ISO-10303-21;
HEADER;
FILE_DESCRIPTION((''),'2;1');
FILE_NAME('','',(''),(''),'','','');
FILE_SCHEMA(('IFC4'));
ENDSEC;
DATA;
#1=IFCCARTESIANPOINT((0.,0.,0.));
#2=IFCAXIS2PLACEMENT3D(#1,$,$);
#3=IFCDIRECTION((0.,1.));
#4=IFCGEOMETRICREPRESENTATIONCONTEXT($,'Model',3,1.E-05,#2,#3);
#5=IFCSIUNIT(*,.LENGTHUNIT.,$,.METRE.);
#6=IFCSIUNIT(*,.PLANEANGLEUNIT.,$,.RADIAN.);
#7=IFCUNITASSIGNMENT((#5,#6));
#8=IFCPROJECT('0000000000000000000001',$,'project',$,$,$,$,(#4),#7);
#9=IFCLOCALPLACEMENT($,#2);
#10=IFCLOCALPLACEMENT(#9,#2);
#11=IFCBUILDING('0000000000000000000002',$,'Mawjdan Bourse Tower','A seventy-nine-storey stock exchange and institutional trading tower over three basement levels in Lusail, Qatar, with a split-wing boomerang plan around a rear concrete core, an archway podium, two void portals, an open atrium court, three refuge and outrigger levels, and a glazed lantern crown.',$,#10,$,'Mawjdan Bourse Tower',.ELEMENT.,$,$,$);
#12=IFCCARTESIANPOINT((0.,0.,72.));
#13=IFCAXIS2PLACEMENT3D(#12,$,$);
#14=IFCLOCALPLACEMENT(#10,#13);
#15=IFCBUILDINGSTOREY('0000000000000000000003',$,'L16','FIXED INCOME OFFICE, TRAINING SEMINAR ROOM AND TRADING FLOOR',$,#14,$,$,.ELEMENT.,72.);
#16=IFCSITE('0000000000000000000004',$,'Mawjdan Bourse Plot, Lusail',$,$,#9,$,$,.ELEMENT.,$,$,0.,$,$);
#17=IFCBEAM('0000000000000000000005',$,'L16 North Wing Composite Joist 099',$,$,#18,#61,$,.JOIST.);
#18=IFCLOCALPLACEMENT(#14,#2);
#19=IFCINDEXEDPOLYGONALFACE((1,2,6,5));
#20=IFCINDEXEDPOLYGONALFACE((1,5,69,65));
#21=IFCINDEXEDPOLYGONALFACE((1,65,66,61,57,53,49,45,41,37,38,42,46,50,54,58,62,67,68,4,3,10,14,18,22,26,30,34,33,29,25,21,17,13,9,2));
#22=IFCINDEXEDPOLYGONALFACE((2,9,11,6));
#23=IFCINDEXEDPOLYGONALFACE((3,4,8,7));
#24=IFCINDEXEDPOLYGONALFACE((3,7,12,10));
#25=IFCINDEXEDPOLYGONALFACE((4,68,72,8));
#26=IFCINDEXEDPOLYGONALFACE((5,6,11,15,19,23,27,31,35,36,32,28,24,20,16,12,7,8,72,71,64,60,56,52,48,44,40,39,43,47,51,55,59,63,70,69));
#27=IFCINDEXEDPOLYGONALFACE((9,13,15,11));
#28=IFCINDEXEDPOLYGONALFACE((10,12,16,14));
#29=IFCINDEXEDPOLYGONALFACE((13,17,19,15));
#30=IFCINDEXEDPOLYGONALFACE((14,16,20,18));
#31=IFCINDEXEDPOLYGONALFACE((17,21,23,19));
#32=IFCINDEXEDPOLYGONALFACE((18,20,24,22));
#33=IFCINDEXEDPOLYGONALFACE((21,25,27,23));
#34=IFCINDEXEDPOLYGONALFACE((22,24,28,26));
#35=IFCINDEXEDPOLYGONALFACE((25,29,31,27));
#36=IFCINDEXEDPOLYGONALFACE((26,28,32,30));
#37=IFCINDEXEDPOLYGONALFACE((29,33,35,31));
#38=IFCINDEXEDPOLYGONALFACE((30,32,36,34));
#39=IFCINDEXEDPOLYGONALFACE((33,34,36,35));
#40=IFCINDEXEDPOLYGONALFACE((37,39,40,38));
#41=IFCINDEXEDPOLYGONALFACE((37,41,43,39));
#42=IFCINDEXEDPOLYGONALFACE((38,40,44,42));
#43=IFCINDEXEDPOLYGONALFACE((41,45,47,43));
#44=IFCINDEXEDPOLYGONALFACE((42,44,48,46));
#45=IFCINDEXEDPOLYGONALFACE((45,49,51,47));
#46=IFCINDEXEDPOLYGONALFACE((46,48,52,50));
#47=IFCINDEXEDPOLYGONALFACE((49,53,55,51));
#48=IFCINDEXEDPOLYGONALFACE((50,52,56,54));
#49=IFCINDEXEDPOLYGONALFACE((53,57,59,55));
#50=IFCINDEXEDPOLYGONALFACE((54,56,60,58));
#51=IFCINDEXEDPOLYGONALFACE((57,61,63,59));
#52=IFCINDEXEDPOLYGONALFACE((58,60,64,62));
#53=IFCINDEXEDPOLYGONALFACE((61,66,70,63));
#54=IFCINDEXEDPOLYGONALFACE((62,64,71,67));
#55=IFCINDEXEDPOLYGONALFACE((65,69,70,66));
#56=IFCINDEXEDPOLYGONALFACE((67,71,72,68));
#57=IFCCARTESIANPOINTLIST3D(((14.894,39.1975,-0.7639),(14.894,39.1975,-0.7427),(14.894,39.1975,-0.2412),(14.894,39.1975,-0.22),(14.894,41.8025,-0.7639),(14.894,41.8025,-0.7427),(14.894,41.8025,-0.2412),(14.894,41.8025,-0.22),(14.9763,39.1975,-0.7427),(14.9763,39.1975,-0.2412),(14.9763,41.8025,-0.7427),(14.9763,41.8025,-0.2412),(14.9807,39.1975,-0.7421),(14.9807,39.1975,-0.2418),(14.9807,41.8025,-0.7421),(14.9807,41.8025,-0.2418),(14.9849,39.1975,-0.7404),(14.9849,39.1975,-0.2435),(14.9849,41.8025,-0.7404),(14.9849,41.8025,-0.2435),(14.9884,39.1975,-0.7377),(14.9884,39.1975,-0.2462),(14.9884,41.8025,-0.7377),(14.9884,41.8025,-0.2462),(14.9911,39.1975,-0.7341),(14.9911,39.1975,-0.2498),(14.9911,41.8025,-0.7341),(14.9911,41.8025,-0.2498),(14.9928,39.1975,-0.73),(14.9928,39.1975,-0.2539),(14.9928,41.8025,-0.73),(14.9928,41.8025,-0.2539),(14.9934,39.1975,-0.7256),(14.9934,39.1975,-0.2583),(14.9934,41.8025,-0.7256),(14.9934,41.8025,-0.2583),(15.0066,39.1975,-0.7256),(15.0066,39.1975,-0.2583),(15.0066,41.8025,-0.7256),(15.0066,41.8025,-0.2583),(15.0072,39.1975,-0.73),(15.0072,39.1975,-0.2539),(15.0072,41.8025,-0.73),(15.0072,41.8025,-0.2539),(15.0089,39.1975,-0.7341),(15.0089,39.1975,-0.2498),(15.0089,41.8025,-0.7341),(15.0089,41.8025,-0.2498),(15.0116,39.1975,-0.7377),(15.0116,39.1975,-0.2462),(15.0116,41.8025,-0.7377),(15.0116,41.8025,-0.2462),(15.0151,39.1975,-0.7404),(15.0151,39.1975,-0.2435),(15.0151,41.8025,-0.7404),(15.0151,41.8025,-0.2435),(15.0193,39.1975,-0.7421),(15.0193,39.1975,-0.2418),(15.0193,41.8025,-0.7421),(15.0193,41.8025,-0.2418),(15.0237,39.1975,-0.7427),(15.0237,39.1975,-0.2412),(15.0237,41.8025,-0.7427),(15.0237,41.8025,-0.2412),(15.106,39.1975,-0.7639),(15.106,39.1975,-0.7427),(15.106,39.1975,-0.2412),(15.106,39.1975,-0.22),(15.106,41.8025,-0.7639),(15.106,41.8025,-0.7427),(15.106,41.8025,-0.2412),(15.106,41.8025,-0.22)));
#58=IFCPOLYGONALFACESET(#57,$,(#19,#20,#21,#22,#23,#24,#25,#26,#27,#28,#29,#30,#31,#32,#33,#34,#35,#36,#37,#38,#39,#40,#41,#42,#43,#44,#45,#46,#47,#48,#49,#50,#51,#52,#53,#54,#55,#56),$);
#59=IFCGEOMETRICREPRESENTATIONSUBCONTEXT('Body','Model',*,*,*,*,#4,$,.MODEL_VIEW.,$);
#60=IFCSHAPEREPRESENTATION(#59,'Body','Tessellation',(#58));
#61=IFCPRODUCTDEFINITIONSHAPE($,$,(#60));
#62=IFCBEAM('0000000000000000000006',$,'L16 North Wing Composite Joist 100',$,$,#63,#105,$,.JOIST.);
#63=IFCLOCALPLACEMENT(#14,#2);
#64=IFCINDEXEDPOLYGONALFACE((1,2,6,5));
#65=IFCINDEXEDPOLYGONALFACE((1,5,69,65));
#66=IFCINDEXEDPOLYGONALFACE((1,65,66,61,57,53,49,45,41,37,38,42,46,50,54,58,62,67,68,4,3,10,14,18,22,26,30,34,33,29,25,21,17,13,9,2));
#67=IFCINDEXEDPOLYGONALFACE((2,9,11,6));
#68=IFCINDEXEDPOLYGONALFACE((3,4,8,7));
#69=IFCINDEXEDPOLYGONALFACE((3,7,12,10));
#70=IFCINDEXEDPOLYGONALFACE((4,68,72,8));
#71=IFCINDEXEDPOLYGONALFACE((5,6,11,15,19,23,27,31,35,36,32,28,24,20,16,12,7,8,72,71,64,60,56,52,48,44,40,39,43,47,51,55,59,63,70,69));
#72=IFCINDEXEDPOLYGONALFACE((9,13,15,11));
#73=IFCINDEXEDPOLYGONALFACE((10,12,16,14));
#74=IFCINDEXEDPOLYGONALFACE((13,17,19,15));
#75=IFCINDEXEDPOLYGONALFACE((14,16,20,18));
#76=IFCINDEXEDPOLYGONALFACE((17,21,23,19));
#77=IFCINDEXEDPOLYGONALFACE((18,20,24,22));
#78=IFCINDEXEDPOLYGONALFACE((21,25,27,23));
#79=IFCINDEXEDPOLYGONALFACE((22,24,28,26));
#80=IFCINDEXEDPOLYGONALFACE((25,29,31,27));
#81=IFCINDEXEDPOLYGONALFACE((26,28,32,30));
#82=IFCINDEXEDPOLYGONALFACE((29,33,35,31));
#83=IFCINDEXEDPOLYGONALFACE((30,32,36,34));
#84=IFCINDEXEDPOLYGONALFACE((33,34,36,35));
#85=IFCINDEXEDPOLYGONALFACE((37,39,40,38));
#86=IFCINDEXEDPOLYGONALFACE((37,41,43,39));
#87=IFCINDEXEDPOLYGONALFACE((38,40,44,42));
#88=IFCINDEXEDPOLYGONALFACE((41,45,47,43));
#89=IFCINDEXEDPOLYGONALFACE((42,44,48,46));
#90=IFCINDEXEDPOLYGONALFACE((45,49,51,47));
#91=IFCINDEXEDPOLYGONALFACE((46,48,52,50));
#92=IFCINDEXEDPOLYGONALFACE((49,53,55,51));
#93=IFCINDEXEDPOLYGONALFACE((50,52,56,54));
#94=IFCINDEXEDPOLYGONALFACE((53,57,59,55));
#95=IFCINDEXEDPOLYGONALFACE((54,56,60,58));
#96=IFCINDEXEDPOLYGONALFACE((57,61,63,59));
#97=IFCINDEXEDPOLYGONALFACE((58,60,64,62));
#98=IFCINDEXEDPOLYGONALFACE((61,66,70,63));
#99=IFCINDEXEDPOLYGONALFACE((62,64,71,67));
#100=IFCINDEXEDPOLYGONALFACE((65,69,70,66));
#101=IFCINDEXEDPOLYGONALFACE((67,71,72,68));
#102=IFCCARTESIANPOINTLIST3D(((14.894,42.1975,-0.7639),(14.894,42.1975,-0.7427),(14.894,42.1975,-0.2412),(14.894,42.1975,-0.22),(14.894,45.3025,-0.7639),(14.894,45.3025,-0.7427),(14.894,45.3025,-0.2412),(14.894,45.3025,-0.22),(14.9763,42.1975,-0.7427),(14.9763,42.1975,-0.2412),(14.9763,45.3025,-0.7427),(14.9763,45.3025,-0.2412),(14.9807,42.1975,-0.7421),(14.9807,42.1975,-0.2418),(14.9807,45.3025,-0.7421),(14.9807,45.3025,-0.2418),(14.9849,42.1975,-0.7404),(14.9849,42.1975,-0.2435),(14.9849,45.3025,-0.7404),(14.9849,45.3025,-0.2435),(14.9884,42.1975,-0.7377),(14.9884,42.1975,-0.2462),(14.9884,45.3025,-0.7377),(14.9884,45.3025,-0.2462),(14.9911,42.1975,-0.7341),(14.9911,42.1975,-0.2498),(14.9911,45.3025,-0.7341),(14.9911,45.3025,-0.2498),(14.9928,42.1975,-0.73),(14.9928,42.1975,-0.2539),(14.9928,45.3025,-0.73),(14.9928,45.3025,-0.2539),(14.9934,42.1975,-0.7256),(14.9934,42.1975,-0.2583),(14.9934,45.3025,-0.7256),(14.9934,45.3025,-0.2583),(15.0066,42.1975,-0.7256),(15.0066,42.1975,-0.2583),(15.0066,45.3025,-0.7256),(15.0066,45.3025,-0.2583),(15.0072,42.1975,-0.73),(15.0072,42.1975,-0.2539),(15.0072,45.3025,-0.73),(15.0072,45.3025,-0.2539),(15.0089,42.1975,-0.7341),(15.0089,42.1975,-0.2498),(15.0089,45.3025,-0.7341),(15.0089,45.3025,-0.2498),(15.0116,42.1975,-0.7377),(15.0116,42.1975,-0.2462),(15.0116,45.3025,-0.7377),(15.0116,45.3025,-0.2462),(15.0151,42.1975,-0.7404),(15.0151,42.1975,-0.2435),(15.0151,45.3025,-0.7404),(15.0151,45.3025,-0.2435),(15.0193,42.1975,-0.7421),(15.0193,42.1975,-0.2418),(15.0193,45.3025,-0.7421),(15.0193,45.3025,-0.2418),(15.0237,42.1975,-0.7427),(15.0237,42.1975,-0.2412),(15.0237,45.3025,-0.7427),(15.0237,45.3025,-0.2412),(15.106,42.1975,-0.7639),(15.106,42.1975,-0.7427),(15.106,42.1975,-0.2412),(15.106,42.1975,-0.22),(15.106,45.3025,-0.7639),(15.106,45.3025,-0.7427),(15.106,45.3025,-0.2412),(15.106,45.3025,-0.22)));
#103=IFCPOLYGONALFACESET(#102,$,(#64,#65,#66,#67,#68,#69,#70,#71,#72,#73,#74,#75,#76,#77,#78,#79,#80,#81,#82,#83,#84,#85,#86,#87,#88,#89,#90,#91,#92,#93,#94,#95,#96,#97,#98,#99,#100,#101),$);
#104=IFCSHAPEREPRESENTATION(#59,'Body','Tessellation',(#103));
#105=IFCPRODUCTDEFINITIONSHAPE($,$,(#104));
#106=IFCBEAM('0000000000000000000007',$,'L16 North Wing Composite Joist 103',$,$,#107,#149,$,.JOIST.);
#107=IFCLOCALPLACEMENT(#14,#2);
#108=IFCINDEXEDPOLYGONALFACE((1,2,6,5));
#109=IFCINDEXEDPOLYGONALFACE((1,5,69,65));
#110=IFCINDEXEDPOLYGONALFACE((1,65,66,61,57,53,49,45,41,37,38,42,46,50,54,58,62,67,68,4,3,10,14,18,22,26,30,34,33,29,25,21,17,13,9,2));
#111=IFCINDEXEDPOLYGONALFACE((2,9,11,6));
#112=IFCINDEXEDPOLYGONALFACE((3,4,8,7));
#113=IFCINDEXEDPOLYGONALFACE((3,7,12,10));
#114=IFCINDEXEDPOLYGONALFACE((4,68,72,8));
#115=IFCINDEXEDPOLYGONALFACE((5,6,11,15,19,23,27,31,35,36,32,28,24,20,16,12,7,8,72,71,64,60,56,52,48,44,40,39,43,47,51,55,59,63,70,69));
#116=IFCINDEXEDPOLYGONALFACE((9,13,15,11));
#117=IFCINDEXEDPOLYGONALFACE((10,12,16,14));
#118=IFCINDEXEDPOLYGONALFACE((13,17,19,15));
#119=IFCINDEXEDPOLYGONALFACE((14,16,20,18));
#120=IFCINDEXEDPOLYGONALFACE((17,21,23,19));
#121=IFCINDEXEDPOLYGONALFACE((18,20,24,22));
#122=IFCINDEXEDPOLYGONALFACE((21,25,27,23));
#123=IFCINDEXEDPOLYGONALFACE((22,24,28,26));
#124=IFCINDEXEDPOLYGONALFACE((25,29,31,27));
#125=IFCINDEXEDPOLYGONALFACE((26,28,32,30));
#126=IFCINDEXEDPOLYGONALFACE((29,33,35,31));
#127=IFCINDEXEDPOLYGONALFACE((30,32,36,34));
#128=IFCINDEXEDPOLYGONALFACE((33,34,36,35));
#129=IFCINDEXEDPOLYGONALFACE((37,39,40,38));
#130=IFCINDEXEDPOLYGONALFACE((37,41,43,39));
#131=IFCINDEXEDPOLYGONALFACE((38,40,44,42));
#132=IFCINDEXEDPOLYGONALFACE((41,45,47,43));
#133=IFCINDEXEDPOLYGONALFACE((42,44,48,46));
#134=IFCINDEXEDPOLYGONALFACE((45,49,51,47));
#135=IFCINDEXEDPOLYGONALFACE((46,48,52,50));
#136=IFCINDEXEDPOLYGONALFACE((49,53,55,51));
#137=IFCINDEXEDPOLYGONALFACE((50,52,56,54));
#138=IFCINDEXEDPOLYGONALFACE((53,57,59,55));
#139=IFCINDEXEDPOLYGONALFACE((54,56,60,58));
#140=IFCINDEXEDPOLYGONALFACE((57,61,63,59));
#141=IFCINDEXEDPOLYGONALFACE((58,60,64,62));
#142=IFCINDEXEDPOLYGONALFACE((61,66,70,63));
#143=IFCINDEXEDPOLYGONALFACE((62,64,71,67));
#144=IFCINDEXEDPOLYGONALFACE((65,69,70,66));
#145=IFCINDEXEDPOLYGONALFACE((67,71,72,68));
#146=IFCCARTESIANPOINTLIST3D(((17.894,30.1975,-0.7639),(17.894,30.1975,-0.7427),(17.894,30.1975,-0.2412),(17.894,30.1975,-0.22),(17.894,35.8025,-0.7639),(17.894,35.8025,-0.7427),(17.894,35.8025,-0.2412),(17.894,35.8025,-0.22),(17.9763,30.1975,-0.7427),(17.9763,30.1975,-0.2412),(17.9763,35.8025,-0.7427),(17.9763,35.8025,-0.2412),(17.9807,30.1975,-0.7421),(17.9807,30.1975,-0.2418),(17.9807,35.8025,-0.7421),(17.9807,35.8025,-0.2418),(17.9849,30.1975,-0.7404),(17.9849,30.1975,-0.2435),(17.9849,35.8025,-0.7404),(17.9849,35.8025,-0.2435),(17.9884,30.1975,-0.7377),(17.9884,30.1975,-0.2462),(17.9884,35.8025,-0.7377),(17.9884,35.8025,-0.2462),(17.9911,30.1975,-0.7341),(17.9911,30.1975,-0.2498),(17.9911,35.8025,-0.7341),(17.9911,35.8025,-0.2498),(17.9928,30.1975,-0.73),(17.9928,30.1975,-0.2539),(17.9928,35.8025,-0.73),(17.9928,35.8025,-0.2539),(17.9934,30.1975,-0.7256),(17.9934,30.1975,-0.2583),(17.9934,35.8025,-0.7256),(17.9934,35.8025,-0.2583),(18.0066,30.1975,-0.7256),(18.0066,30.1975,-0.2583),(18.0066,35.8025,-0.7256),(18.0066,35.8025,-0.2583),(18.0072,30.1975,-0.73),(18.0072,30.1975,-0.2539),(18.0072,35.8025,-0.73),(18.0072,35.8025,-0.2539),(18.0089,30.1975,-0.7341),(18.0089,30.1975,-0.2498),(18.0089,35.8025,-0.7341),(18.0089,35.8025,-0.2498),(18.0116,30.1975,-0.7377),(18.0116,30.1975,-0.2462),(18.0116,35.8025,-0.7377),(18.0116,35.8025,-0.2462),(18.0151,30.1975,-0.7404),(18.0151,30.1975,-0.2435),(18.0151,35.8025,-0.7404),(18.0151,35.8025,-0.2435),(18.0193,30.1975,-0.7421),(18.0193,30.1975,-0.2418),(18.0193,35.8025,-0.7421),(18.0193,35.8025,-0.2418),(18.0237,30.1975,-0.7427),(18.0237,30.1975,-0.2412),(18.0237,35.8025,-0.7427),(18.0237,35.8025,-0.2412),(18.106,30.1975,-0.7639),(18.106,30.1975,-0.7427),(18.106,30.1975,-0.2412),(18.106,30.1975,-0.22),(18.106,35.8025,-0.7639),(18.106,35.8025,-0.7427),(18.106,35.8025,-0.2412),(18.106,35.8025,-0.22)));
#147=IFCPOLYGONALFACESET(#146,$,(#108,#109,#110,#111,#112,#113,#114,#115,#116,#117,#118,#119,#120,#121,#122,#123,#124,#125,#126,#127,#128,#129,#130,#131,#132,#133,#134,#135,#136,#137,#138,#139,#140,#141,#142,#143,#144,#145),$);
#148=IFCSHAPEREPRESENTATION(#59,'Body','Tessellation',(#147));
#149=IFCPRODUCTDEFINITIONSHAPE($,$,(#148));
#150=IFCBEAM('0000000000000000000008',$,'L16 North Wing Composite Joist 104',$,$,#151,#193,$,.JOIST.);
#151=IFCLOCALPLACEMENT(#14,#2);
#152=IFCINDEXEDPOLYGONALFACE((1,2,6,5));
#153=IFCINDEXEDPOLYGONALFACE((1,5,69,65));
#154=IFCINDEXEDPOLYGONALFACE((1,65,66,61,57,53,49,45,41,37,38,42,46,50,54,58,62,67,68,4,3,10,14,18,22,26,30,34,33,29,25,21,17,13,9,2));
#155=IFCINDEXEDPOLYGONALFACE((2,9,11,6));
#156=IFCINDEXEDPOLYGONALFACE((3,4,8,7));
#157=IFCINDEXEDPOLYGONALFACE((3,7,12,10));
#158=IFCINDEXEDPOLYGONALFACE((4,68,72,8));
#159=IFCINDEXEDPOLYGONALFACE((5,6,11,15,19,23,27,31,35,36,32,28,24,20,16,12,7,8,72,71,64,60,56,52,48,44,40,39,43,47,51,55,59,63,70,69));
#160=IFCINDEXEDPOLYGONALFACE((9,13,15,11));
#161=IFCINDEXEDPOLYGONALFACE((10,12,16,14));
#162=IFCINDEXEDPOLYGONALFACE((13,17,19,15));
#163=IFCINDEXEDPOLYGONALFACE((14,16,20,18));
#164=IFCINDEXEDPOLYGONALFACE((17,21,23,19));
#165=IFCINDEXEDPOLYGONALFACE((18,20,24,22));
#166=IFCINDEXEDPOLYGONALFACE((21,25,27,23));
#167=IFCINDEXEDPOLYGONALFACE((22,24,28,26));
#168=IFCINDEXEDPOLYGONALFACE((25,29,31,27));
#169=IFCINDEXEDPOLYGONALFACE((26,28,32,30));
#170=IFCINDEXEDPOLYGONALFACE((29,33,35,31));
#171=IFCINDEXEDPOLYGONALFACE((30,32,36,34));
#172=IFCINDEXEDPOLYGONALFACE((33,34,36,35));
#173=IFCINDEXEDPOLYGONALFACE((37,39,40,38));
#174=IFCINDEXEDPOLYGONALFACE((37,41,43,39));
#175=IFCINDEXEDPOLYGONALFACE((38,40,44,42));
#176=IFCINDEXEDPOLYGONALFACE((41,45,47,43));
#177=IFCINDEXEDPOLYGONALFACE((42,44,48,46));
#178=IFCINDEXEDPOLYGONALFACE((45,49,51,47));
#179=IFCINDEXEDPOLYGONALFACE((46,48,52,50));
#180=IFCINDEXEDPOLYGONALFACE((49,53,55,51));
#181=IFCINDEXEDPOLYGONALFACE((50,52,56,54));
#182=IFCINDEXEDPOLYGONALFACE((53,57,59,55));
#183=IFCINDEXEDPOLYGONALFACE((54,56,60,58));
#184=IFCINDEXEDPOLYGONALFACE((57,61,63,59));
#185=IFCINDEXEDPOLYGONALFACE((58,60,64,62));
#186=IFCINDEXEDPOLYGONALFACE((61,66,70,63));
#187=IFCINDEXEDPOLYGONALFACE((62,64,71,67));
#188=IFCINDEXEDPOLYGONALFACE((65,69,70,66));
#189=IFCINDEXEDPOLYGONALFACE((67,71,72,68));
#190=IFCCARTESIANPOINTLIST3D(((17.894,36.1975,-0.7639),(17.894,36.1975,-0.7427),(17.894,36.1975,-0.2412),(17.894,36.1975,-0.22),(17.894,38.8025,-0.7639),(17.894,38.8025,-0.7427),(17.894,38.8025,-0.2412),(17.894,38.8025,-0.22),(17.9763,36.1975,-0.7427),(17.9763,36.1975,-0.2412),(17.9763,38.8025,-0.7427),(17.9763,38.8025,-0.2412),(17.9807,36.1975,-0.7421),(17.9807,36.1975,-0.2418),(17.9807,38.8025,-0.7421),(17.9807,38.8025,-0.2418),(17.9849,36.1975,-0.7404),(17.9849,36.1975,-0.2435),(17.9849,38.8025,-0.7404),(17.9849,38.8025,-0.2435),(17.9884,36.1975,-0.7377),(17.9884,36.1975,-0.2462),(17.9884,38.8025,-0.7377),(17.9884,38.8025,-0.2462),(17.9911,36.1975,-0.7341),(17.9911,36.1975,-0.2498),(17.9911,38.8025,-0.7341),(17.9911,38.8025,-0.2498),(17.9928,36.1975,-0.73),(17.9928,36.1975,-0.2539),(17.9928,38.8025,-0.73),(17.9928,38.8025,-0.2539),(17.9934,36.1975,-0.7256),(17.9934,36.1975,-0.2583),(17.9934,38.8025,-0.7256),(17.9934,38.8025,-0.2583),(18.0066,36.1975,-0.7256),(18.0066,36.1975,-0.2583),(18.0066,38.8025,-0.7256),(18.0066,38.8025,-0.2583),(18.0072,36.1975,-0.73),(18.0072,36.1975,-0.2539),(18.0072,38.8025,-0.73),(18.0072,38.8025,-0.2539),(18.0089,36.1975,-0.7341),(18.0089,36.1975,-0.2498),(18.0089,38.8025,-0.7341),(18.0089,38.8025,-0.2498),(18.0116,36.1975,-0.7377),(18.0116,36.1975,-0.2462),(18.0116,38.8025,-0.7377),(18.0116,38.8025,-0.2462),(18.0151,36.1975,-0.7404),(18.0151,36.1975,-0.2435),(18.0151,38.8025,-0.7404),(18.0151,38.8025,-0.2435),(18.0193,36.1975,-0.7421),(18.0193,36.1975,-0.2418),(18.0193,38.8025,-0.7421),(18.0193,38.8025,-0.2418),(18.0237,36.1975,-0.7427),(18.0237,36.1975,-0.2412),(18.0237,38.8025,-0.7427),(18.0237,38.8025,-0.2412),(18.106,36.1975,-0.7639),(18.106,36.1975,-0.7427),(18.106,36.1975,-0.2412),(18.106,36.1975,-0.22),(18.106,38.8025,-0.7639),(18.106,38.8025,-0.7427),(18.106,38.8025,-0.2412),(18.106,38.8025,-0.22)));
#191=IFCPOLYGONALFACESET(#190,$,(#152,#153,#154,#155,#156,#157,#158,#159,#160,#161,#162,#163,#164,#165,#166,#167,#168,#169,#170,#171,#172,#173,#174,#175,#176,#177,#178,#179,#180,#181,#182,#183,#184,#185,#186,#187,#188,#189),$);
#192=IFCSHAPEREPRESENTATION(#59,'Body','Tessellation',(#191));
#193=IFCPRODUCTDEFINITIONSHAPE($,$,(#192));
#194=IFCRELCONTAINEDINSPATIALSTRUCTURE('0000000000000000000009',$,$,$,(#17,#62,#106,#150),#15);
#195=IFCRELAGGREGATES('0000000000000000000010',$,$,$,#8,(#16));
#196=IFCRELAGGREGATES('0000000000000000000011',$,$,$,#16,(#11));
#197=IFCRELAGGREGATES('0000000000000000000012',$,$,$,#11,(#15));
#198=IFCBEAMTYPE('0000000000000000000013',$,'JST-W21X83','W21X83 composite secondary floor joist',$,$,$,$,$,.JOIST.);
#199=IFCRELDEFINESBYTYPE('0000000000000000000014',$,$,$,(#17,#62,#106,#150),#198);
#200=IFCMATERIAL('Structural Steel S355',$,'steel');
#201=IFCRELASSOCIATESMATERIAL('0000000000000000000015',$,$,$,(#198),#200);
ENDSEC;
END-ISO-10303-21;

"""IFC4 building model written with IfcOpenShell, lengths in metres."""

from ifc_helpers import new_model, si_unit, direction, frame, origin, origin_2d, place, context, subcontext, project, spatial, i_section, extrude, material, material_profile, profile_set, type_object, element, save


model = new_model("IFC4")

# Units and contexts
model_context = context("Model", 3, precision=1e-05, world=origin(), true_north=direction((0.0, 1.0)))
body_context = subcontext(model_context, "Body", "Model", "MODEL_VIEW")
ifc_project = project(units=[si_unit("LENGTHUNIT", "METRE"), si_unit("PLANEANGLEUNIT", "RADIAN")], contexts=[model_context])

# Site, building, storey
site_placement = place(None, origin())
site = spatial("IfcSite", under=ifc_project, at=site_placement, Name="Mawjdan Bourse Plot, Lusail", CompositionType="ELEMENT", RefElevation=0.0)
building_placement = place(site_placement, origin())
building = spatial("IfcBuilding", under=site, at=building_placement, Name="Mawjdan Bourse Tower", Description="A seventy-nine-storey stock exchange and institutional trading tower over three basement levels in Lusail, Qatar, with a split-wing boomerang plan around a rear concrete core, an archway podium, two void portals, an open atrium court, three refuge and outrigger levels, and a glazed lantern crown.", LongName="Mawjdan Bourse Tower", CompositionType="ELEMENT")
storey_placement = place(building_placement, frame((0.0, 0.0, 72.0)))
storey = spatial("IfcBuildingStorey", under=building, at=storey_placement, Name="L16", Description="FIXED INCOME OFFICE, TRAINING SEMINAR ROOM AND TRADING FLOOR", CompositionType="ELEMENT", Elevation=72.0)

# Beams
ifc_material_1 = material(Name="Structural Steel S355", Category="steel")
ifc_material_profile_1 = material_profile(ifc_material_1, i_section(OverallWidth=0.2119, OverallDepth=0.5439, WebThickness=0.0132, FlangeThickness=0.0212, FilletRadius=0.0171, at=origin_2d()), Name="W21X83")
ifc_profile_set_1 = profile_set([ifc_material_profile_1], Name="Structural Steel S355")
beam_type_1 = type_object("IfcBeamType", Name="JST-W21X83", Description="W21X83 composite secondary floor joist", PredefinedType="JOIST", material=ifc_profile_set_1)
for number, where, z_axis, x_axis, name in (
    (1, (15.0, 39.1975, -0.4919), (0.0, 1.0, 0.0), (-1.0, 0.0, 0.0), "L16 North Wing Composite Joist 099"),
):
    element("IfcBeam", number, at=place(storey_placement, frame(where, z_axis=z_axis, x_axis=x_axis)), inside=storey, type_object=beam_type_1, Name=name, PredefinedType="JOIST", context=body_context, shape_type="SweptSolid", body=[
        extrude(i_section(OverallWidth=0.2119, OverallDepth=0.5439, WebThickness=0.0132, FlangeThickness=0.0212, FilletRadius=0.0171, at=origin_2d()), origin(), (0.0, 0.0, 1.0), 2.605),
    ])
beam_1_placement = place(storey_placement, frame((15.0, 42.1975, -0.4919), z_axis=(0.0, 1.0, 0.0), x_axis=(-1.0, 0.0, 0.0)))
element("IfcBeam", 2, at=beam_1_placement, inside=storey, type_object=beam_type_1, Name="L16 North Wing Composite Joist 100", PredefinedType="JOIST", context=body_context, shape_type="SweptSolid", body=[
    extrude(i_section(OverallWidth=0.2119, OverallDepth=0.5439, WebThickness=0.0132, FlangeThickness=0.0212, FilletRadius=0.0171, at=origin_2d()), origin(), (0.0, 0.0, 1.0), 3.105),
])
beam_2_placement = place(storey_placement, frame((18.0, 30.1975, -0.4919), z_axis=(0.0, 1.0, 0.0), x_axis=(-1.0, 0.0, 0.0)))
element("IfcBeam", 3, at=beam_2_placement, inside=storey, type_object=beam_type_1, Name="L16 North Wing Composite Joist 103", PredefinedType="JOIST", context=body_context, shape_type="SweptSolid", body=[
    extrude(i_section(OverallWidth=0.2119, OverallDepth=0.5439, WebThickness=0.0132, FlangeThickness=0.0212, FilletRadius=0.0171, at=origin_2d()), origin(), (0.0, 0.0, 1.0), 5.605),
])
for number, where, z_axis, x_axis, name in (
    (4, (18.0, 36.1975, -0.4919), (0.0, 1.0, 0.0), (-1.0, 0.0, 0.0), "L16 North Wing Composite Joist 104"),
):
    element("IfcBeam", number, at=place(storey_placement, frame(where, z_axis=z_axis, x_axis=x_axis)), inside=storey, type_object=beam_type_1, Name=name, PredefinedType="JOIST", context=body_context, shape_type="SweptSolid", body=[
        extrude(i_section(OverallWidth=0.2119, OverallDepth=0.5439, WebThickness=0.0132, FlangeThickness=0.0212, FilletRadius=0.0171, at=origin_2d()), origin(), (0.0, 0.0, 1.0), 2.605),
    ])

save(model, "model.ifc")
